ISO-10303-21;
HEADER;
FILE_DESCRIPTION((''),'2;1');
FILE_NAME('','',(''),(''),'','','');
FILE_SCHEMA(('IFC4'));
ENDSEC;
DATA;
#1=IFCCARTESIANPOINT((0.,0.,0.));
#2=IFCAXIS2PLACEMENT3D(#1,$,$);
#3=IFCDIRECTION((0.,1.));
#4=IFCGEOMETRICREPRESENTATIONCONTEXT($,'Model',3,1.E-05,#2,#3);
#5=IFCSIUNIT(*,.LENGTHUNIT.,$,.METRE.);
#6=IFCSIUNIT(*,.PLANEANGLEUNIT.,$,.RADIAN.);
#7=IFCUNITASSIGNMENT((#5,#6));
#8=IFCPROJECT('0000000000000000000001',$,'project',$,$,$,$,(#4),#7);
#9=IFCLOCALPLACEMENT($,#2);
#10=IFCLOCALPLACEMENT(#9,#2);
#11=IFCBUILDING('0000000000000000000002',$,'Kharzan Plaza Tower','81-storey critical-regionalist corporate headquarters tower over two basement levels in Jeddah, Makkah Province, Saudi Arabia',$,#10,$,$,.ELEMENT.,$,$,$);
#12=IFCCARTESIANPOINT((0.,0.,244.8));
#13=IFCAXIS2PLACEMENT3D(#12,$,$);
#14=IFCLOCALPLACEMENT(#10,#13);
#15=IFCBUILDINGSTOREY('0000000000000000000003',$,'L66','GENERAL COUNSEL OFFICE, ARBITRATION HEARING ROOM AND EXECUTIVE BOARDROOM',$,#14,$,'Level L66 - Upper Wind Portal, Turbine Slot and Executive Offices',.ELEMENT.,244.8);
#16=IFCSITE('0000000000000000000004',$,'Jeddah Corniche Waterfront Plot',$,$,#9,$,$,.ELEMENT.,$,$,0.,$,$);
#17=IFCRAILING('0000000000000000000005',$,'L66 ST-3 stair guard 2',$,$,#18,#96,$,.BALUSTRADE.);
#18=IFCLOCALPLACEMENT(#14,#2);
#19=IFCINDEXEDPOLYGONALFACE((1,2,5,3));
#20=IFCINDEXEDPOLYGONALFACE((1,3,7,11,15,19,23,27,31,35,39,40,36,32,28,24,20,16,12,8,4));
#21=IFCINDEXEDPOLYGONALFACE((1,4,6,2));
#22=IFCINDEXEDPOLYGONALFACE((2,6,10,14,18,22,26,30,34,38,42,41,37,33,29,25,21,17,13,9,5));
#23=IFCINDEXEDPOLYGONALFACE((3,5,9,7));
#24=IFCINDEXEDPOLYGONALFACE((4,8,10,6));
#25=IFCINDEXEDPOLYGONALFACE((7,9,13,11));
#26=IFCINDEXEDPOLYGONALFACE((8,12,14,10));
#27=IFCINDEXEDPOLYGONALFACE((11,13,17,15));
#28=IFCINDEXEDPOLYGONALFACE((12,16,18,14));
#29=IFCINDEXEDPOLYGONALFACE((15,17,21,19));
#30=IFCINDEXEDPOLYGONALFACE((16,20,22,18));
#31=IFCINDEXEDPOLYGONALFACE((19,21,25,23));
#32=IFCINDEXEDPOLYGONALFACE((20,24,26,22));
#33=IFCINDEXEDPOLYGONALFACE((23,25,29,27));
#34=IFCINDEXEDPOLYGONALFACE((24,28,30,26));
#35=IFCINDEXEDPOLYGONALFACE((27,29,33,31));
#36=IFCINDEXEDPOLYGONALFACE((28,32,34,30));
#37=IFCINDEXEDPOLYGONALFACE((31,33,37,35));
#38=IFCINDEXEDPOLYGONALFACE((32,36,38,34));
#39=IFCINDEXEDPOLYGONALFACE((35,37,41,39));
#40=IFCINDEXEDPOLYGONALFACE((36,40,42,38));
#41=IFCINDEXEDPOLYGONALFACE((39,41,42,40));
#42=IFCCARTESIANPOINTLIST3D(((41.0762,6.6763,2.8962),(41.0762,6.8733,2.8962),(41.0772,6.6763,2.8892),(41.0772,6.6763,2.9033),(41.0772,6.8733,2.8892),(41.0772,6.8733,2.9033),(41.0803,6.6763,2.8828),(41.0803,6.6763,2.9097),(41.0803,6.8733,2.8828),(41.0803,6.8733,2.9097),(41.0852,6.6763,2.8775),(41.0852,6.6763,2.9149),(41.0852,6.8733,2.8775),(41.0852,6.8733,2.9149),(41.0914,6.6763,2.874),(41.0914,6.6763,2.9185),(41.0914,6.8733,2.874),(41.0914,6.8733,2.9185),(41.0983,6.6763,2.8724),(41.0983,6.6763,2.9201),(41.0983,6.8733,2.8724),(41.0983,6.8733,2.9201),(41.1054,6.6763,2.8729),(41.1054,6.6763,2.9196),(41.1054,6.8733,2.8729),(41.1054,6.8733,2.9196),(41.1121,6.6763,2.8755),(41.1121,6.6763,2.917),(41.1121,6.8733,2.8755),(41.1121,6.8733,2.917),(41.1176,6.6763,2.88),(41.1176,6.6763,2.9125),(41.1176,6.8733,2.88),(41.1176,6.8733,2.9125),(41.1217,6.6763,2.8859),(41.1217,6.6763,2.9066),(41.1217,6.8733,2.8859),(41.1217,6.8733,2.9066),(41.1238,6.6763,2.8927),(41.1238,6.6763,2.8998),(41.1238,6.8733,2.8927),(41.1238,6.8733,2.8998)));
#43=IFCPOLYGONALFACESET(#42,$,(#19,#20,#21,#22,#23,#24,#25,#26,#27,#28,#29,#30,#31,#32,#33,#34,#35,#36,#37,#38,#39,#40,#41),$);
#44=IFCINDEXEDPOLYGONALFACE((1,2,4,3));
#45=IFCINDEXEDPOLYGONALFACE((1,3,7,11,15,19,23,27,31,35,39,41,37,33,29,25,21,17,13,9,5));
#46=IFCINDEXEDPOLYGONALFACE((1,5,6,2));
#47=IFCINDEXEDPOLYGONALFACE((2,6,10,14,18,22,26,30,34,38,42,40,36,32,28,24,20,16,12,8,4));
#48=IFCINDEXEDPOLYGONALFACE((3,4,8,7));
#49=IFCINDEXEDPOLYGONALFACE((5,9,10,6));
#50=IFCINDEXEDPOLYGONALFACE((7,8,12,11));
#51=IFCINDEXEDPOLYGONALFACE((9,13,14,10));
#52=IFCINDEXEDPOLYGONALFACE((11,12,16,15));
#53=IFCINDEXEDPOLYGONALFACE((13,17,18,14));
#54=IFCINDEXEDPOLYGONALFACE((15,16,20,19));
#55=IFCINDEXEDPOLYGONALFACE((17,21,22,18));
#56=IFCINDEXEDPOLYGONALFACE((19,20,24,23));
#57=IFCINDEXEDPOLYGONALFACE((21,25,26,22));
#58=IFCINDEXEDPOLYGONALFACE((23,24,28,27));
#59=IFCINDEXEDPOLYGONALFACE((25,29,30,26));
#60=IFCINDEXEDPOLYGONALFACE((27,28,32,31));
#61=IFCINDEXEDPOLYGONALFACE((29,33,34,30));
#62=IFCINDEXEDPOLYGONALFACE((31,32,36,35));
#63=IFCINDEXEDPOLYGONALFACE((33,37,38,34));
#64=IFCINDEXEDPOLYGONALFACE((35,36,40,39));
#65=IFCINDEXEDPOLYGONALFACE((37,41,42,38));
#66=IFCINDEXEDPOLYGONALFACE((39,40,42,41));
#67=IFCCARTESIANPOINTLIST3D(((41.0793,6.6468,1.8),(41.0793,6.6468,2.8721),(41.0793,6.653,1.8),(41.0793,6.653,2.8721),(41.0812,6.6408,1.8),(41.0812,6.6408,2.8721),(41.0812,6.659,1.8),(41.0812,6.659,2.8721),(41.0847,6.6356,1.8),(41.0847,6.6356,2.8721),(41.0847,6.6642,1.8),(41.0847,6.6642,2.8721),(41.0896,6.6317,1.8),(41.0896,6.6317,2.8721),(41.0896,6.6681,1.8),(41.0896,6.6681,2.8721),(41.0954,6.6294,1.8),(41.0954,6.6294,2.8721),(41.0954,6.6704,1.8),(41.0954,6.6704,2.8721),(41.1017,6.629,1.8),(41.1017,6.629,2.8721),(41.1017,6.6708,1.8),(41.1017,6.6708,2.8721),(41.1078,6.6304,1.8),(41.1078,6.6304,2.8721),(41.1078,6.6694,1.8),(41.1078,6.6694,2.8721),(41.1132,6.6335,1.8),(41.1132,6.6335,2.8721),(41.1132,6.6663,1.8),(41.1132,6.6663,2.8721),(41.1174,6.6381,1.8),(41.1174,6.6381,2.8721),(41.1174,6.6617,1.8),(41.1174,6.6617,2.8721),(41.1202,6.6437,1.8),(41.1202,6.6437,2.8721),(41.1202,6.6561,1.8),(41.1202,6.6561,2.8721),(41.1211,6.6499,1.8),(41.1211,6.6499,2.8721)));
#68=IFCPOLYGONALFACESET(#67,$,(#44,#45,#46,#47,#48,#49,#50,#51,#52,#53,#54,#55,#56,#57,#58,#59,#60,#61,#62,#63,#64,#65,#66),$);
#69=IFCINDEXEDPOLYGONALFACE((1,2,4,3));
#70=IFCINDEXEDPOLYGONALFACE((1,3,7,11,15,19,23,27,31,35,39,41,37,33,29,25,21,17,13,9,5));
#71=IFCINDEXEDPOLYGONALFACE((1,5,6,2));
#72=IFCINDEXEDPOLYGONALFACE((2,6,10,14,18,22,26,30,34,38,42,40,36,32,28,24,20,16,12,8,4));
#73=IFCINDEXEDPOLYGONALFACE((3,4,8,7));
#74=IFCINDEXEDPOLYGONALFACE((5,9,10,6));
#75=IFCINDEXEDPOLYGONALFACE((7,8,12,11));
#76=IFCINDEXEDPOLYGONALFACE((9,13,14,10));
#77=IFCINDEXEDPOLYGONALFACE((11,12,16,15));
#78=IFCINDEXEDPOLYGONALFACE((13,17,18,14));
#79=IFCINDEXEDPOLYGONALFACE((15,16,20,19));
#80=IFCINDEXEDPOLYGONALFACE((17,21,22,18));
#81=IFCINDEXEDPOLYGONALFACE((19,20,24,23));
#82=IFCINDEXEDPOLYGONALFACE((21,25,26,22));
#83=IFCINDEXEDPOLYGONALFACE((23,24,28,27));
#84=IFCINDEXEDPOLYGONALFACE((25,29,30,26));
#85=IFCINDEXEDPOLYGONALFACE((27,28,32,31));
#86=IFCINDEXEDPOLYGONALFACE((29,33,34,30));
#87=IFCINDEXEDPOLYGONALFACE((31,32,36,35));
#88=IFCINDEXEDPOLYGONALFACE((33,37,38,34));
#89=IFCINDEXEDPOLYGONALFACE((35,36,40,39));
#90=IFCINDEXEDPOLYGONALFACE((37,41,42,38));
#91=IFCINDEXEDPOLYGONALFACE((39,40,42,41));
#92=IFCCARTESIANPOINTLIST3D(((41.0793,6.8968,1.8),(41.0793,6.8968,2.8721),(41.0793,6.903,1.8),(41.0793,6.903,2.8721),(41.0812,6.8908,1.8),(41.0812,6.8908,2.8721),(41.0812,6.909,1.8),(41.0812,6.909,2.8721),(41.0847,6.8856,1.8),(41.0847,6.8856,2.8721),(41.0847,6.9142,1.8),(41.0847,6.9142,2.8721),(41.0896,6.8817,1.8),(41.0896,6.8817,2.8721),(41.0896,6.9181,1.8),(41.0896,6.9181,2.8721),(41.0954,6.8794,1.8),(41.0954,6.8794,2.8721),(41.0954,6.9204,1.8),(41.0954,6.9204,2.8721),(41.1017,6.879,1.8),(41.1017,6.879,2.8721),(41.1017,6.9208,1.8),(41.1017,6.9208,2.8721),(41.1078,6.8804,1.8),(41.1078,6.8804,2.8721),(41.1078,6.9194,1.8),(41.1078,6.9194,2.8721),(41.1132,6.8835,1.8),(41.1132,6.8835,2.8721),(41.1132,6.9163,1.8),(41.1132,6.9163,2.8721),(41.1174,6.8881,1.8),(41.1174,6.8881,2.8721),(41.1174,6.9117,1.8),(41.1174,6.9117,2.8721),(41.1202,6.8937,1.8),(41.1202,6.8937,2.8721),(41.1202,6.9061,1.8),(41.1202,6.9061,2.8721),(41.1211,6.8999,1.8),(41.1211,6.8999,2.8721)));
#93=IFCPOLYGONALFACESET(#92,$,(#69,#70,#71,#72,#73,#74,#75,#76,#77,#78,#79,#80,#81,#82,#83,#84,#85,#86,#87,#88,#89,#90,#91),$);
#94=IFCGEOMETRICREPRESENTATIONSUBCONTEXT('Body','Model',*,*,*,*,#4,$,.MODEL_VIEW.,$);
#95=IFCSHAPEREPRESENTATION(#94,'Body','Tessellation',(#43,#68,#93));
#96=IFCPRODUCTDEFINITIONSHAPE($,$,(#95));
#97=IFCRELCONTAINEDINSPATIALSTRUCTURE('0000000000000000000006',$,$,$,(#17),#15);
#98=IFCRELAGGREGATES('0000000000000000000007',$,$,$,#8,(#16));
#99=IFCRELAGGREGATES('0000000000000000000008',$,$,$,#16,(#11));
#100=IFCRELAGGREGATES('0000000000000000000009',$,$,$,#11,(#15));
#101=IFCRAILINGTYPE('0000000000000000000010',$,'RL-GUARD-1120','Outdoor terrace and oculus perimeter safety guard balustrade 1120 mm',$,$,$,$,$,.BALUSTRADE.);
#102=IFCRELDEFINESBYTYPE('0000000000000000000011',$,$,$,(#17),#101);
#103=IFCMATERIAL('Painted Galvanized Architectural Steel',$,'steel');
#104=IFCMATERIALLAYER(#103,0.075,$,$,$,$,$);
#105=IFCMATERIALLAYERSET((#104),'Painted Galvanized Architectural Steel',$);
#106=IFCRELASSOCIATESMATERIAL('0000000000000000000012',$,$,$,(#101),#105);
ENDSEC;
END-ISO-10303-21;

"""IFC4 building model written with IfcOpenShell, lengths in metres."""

from ifc_helpers import new_model, si_unit, direction, frame, origin, origin_2d, place, context, subcontext, project, spatial, circle, extrude, source, transform, mapped, material, layer, layer_set, type_object, element, save


model = new_model("IFC4")

# Units and contexts
model_context = context("Model", 3, precision=1e-05, world=origin(), true_north=direction((0.0, 1.0)))
body_context = subcontext(model_context, "Body", "Model", "MODEL_VIEW")
ifc_project = project(units=[si_unit("LENGTHUNIT", "METRE"), si_unit("PLANEANGLEUNIT", "RADIAN")], contexts=[model_context])

# Site, building, storey
site_placement = place(None, origin())
site = spatial("IfcSite", under=ifc_project, at=site_placement, Name="Jeddah Corniche Waterfront Plot", CompositionType="ELEMENT", RefElevation=0.0)
building_placement = place(site_placement, origin())
building = spatial("IfcBuilding", under=site, at=building_placement, Name="Kharzan Plaza Tower", Description="81-storey critical-regionalist corporate headquarters tower over two basement levels in Jeddah, Makkah Province, Saudi Arabia", CompositionType="ELEMENT")
storey_placement = place(building_placement, frame((0.0, 0.0, 244.8)))
storey = spatial("IfcBuildingStorey", under=building, at=storey_placement, Name="L66", Description="GENERAL COUNSEL OFFICE, ARBITRATION HEARING ROOM AND EXECUTIVE BOARDROOM", LongName="Level L66 - Upper Wind Portal, Turbine Slot and Executive Offices", CompositionType="ELEMENT", Elevation=244.8)

# Railing
ifc_material_1 = material(Name="Painted Galvanized Architectural Steel", Category="steel")
ifc_layer_1 = layer(ifc_material_1, 0.075)
ifc_layer_set_1 = layer_set([ifc_layer_1], Name="Painted Galvanized Architectural Steel")
railing_type_1 = type_object("IfcRailingType", Name="RL-GUARD-1120", Description="Outdoor terrace and oculus perimeter safety guard balustrade 1120 mm", PredefinedType="BALUSTRADE", material=ifc_layer_set_1)
shared_shape_1 = source(origin(), body_context, "Body", "SweptSolid", [
    extrude(circle(Radius=0.0239, at=origin_2d()), frame((0.0, 0.0264, 1.0962), z_axis=(0.0, 1.0, 0.0), x_axis=(-1.0, 0.0, 0.0)), (0.0, 0.0, 1.0), 0.197),
    extrude(circle(Radius=0.021, at=origin_2d()), origin(), (0.0, 0.0, 1.0), 1.072),
    extrude(circle(Radius=0.021, at=origin_2d()), frame((0.0, 0.25, 0.0)), (0.0, 0.0, 1.0), 1.072),
])
railing_1_placement = place(storey_placement, frame((41.1001, 6.6499, 1.8)))
element("IfcRailing", 1, at=railing_1_placement, inside=storey, type_object=railing_type_1, Name="L66 ST-3 stair guard 2", PredefinedType="BALUSTRADE", context=body_context, shape_type="MappedRepresentation", body=[
    mapped(shared_shape_1, transform((0.0, 0.0, 0.0), x_axis=(1.0, 0.0, 0.0), y_axis=(0.0, 1.0, 0.0), z_axis=(0.0, 0.0, 1.0))),
])

save(model, "model.ifc")
